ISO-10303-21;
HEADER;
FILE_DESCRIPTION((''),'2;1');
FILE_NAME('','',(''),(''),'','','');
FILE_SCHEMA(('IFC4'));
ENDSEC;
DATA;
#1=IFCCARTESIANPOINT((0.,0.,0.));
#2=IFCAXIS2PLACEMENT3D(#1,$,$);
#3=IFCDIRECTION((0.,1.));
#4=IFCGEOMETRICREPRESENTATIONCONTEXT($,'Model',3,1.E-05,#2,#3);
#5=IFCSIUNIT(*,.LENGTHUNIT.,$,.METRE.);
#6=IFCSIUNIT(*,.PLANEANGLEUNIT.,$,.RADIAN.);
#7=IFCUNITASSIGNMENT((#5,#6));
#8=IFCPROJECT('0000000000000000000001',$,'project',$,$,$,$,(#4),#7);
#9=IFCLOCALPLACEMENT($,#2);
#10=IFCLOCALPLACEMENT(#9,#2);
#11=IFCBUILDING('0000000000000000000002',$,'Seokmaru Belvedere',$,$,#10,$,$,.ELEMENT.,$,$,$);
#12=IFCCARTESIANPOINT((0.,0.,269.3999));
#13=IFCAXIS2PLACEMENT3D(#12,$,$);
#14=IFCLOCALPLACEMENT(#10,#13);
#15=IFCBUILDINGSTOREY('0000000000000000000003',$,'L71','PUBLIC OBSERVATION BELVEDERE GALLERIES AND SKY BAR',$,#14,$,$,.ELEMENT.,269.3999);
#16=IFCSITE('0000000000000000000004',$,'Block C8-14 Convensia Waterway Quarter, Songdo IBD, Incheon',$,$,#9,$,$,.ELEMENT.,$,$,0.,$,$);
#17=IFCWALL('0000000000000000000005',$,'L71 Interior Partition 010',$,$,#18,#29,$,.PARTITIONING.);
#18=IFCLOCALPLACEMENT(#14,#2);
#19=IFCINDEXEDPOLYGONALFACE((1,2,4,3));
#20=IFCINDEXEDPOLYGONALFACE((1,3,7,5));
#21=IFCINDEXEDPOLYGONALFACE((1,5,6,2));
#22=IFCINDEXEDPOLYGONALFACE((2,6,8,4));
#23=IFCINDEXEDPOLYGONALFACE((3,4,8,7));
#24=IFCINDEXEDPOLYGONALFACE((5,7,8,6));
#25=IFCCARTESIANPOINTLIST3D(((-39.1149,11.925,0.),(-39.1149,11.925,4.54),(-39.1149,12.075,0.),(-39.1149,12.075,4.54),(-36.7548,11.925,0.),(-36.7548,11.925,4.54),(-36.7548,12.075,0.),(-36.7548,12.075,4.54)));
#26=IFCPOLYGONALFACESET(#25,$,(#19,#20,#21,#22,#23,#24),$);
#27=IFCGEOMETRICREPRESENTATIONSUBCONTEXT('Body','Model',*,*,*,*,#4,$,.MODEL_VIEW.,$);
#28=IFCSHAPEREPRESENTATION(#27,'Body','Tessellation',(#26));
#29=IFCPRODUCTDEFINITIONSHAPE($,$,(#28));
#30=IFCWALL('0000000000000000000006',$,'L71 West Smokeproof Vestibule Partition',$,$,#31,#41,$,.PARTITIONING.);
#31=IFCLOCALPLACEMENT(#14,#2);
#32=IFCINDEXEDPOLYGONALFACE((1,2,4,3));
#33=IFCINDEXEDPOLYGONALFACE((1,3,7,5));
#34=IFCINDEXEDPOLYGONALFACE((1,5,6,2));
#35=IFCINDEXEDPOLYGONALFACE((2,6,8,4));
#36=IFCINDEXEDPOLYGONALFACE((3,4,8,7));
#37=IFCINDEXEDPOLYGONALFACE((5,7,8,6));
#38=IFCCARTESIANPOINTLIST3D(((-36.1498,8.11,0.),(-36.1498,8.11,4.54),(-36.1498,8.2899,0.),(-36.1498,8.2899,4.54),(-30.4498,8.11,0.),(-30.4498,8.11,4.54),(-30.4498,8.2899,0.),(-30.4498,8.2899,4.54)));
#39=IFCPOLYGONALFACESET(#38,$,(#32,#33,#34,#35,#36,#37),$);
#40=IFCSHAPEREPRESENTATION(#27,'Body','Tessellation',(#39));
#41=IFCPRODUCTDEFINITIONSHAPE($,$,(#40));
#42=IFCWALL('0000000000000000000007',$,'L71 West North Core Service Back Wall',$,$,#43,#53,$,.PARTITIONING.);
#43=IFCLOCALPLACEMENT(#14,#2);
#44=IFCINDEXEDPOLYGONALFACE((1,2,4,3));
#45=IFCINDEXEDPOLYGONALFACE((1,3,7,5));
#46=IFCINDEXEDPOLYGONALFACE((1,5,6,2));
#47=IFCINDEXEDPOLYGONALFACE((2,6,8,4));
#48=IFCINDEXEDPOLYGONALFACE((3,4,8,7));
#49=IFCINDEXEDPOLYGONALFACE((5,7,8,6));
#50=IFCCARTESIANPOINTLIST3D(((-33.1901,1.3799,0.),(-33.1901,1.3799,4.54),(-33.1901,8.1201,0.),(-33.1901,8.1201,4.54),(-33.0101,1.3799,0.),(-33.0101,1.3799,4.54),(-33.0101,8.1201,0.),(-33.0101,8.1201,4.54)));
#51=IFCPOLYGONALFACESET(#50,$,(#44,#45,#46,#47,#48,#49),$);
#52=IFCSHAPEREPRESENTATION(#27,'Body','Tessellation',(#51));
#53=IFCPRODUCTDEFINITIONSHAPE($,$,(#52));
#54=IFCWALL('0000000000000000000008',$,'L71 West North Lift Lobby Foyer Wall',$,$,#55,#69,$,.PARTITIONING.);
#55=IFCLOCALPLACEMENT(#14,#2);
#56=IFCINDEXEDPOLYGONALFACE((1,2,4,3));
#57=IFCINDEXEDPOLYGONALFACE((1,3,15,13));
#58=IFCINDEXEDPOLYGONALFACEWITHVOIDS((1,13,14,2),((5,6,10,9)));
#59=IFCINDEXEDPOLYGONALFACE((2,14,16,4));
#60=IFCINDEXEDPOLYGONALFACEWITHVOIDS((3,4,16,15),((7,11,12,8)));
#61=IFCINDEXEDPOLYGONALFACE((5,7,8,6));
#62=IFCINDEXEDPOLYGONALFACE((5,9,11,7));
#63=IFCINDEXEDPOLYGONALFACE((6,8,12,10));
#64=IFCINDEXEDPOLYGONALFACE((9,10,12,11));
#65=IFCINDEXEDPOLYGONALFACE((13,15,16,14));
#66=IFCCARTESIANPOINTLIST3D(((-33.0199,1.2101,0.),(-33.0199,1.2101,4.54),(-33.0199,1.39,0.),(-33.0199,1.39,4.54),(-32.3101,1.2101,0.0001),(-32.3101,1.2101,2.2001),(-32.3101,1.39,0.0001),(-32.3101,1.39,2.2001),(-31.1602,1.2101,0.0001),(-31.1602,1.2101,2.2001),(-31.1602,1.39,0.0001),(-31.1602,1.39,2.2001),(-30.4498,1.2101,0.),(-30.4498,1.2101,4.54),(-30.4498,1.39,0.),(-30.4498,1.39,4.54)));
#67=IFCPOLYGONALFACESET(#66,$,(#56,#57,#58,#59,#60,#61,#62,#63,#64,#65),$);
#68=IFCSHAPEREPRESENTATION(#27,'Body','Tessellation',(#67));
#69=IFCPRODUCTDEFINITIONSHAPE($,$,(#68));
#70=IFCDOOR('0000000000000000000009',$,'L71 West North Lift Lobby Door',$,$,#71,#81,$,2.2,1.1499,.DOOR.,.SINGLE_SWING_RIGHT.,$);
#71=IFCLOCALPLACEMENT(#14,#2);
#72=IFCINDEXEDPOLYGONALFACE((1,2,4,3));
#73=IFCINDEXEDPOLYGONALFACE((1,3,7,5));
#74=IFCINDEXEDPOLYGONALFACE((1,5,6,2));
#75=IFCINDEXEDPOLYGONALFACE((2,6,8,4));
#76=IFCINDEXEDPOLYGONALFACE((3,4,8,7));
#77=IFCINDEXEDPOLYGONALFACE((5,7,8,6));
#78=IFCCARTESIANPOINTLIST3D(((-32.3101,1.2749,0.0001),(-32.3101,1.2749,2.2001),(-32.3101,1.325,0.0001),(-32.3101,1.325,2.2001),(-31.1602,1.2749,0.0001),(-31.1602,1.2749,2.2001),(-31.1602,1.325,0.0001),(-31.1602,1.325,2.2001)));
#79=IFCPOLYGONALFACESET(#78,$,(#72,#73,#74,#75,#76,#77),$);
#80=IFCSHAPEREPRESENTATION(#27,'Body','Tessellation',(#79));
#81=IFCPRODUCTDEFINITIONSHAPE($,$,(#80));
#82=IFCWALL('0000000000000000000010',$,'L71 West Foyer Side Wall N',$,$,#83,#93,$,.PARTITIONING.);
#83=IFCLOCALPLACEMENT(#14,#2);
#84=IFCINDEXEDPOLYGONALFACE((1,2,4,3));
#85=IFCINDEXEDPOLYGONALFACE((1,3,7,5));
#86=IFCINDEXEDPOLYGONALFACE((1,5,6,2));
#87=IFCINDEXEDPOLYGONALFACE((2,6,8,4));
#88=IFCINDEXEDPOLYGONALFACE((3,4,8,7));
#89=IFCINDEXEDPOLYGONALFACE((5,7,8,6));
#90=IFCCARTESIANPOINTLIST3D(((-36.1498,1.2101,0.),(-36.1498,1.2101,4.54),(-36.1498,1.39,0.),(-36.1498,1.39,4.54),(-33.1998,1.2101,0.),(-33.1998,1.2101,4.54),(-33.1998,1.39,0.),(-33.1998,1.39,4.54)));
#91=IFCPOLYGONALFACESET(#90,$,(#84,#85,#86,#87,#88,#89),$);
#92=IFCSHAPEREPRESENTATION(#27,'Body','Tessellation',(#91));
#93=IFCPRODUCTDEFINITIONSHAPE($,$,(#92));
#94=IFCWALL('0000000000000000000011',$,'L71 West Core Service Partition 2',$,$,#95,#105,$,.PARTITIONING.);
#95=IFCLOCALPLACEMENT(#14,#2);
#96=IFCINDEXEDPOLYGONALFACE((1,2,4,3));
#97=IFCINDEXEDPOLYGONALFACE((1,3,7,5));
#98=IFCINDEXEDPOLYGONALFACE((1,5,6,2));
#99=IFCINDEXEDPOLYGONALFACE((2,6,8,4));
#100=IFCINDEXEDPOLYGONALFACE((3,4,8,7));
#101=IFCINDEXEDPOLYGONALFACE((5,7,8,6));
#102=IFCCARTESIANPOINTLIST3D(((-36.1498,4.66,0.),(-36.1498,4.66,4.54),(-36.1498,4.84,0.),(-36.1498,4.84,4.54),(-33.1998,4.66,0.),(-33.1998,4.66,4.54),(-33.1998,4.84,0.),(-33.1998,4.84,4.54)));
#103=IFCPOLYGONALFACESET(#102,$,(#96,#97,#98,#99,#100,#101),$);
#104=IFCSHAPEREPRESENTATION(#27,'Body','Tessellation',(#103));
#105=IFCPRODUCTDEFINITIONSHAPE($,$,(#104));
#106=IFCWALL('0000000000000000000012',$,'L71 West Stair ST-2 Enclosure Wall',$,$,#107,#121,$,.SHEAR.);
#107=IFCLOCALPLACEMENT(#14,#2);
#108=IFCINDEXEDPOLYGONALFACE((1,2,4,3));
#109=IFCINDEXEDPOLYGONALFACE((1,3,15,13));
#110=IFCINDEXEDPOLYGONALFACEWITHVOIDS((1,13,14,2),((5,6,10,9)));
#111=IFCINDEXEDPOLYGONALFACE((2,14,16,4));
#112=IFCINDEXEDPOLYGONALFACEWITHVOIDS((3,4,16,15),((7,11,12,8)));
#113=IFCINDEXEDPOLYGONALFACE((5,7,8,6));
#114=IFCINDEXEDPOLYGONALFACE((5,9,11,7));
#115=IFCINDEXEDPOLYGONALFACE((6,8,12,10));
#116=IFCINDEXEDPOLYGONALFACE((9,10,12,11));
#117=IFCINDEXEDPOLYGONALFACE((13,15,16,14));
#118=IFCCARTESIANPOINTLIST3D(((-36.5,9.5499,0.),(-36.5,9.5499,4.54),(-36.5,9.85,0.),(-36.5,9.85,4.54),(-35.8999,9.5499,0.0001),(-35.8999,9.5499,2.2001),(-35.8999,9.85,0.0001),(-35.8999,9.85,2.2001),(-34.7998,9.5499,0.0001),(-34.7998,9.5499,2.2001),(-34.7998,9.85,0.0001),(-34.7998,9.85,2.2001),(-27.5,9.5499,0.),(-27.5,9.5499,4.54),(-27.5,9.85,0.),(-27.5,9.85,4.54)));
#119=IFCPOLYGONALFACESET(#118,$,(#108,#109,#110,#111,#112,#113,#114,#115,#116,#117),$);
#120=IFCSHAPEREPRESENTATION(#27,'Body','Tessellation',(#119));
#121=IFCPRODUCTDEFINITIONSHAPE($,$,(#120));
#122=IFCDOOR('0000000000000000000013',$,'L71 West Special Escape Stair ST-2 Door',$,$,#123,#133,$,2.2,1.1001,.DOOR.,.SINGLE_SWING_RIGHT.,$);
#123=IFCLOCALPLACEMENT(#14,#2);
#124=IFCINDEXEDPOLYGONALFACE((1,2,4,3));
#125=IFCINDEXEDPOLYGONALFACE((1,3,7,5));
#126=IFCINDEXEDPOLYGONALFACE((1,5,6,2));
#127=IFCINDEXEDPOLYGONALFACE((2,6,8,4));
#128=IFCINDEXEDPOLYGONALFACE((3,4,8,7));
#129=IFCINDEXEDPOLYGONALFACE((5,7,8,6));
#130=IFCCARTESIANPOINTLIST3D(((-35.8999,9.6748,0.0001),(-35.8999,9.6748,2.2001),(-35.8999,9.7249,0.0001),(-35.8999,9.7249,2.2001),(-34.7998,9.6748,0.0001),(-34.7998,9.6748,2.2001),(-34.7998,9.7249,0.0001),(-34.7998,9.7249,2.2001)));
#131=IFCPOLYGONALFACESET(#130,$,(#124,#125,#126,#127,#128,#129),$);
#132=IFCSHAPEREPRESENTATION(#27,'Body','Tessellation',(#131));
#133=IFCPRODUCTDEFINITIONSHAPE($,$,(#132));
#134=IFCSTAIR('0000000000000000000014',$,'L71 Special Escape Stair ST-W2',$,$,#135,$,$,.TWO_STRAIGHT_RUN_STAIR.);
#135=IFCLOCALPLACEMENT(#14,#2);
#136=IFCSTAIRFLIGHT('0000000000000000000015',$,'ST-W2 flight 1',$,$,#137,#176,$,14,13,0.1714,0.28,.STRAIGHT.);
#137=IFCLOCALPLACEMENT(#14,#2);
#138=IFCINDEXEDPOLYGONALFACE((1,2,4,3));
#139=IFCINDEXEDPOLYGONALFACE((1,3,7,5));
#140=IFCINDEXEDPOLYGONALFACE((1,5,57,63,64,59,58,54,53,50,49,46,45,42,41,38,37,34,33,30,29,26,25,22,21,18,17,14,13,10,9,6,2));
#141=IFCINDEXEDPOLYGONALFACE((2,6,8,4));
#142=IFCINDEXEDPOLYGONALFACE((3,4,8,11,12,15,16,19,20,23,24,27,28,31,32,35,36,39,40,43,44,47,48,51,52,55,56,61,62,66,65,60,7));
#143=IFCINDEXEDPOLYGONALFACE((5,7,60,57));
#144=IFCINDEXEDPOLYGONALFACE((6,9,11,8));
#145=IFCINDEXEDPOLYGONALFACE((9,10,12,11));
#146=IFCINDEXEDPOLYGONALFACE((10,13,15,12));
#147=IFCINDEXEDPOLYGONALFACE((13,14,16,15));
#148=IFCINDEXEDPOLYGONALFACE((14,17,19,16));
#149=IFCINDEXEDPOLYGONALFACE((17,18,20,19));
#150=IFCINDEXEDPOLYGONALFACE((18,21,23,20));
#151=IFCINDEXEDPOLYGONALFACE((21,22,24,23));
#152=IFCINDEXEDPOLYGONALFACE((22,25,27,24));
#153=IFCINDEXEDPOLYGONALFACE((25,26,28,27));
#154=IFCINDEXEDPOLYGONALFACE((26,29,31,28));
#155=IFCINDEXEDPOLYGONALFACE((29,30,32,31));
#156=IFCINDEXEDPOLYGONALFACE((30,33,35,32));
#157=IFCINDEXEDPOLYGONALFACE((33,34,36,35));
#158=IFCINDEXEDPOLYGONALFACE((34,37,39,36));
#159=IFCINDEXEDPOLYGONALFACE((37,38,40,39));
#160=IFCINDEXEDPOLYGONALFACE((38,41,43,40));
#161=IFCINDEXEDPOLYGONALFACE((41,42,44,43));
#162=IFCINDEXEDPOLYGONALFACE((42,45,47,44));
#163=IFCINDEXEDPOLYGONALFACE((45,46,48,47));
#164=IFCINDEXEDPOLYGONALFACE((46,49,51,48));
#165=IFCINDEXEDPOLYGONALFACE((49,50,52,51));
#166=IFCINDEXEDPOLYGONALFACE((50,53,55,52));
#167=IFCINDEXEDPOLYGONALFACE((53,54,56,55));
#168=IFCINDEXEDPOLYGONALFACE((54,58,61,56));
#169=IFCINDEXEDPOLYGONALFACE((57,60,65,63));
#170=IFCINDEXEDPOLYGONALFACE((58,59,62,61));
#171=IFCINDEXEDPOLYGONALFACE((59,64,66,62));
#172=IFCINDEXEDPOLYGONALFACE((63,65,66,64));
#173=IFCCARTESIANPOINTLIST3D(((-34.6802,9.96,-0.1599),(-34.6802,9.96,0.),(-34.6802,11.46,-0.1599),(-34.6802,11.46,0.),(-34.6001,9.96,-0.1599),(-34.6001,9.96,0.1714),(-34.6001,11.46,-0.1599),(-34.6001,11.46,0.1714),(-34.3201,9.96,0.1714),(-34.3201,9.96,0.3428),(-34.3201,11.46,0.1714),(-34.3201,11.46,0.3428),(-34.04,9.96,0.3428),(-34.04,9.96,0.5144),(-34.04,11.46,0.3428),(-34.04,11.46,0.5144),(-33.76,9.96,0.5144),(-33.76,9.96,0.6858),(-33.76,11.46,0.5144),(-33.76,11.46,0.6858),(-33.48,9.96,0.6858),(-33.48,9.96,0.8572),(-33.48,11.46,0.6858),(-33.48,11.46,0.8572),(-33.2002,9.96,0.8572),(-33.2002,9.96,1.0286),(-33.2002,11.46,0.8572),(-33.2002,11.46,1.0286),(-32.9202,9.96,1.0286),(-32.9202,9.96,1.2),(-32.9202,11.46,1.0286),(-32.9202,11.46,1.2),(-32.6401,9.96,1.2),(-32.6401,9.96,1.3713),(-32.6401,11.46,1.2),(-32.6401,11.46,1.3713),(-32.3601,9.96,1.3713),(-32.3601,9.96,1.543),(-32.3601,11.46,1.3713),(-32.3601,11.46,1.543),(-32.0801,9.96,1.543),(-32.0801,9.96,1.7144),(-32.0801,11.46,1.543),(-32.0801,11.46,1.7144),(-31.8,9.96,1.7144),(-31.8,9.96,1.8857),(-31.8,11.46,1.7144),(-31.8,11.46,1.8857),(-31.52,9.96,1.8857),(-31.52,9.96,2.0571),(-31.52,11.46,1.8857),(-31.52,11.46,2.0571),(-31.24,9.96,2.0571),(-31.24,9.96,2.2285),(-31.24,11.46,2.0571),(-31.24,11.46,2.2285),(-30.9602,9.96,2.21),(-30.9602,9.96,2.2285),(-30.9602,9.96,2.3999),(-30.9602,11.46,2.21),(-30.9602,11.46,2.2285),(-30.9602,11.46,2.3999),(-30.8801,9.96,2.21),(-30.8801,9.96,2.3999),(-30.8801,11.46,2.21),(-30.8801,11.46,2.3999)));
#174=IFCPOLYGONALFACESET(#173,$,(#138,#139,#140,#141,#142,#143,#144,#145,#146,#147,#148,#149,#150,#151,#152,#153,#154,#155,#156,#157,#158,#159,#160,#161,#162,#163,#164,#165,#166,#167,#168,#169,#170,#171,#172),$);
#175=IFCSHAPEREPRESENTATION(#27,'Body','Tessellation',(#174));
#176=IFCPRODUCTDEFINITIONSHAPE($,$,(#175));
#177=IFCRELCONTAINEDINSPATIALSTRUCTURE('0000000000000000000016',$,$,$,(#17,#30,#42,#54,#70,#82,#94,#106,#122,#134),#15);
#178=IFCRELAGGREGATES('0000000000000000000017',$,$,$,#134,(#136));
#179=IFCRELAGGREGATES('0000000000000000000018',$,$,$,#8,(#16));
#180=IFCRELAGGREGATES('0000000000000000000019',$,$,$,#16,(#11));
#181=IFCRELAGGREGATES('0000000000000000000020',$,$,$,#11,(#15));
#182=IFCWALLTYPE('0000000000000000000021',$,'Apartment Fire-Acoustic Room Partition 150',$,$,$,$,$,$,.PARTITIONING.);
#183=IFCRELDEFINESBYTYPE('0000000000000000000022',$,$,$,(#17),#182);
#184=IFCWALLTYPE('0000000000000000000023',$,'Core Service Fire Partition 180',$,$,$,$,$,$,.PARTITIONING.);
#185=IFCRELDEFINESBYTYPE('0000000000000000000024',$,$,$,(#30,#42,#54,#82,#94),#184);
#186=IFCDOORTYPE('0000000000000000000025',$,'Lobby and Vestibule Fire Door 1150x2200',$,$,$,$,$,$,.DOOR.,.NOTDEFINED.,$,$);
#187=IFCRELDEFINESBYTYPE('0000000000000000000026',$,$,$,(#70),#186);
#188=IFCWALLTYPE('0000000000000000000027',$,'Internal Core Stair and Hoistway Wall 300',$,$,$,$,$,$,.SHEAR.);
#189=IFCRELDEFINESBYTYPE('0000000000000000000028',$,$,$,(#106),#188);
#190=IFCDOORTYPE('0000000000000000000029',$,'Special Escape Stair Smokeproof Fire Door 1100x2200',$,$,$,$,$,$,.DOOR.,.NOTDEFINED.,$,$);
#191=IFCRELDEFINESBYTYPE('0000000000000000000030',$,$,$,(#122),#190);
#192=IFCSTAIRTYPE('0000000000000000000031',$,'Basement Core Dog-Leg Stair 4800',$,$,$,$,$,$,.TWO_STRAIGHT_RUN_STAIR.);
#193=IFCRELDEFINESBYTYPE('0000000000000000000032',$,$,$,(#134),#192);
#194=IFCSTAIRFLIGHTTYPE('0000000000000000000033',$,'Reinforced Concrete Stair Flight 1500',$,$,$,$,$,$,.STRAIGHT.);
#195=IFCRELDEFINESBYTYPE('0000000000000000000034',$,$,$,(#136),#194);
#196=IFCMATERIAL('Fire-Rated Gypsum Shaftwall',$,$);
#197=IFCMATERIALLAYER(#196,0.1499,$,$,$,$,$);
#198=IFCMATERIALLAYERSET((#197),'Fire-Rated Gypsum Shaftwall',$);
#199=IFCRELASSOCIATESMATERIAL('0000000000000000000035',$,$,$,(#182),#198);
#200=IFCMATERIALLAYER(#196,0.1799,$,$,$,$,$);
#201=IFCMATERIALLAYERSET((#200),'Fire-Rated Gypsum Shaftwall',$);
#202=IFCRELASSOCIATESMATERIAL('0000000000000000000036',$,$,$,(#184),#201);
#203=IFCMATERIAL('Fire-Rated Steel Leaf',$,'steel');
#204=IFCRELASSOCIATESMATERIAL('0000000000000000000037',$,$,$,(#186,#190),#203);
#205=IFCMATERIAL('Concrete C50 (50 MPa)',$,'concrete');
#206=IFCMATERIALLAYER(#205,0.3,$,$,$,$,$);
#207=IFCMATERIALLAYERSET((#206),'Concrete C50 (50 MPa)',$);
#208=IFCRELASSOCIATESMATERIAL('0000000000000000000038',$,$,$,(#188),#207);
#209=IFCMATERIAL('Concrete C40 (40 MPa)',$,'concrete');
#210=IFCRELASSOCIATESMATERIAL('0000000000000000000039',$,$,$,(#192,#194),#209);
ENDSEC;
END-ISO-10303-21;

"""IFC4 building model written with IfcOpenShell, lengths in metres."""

from ifc_helpers import new_model, si_unit, direction, frame, frame_2d, origin, place, context, subcontext, project, spatial, polyline, rectangle, outline, extrude, source, transform, mapped, material, layer, layer_set, type_object, type_shapes, element, fill, aggregate, save


model = new_model("IFC4")

# Units and contexts
model_context = context("Model", 3, precision=1e-05, world=origin(), true_north=direction((0.0, 1.0)))
body_context = subcontext(model_context, "Body", "Model", "MODEL_VIEW")
ifc_project = project(units=[si_unit("LENGTHUNIT", "METRE"), si_unit("PLANEANGLEUNIT", "RADIAN")], contexts=[model_context])

# Site, building, storey
site_placement = place(None, origin())
site = spatial("IfcSite", under=ifc_project, at=site_placement, Name="Block C8-14 Convensia Waterway Quarter, Songdo IBD, Incheon", CompositionType="ELEMENT", RefElevation=0.0)
building_placement = place(site_placement, origin())
building = spatial("IfcBuilding", under=site, at=building_placement, Name="Seokmaru Belvedere", CompositionType="ELEMENT")
storey_placement = place(building_placement, frame((0.0, 0.0, 269.3999)))
storey = spatial("IfcBuildingStorey", under=building, at=storey_placement, Name="L71", Description="PUBLIC OBSERVATION BELVEDERE GALLERIES AND SKY BAR", CompositionType="ELEMENT", Elevation=269.3999)

# Walls
ifc_material_1 = material(Name="Fire-Rated Gypsum Shaftwall")
ifc_layer_1 = layer(ifc_material_1, 0.1499)
ifc_layer_set_1 = layer_set([ifc_layer_1], Name="Fire-Rated Gypsum Shaftwall")
wall_type_1 = type_object("IfcWallType", Name="Apartment Fire-Acoustic Room Partition 150", PredefinedType="PARTITIONING", material=ifc_layer_set_1)
wall_1_placement = place(storey_placement, frame((-39.115, 12.0, 0.0), z_axis=(0.0, 0.0, 1.0), x_axis=(1.0, 0.0, 0.0)))
element("IfcWall", 1, at=wall_1_placement, inside=storey, type_object=wall_type_1, Name="L71 Interior Partition 010", PredefinedType="PARTITIONING", context=body_context, shape_type="SweptSolid", body=[
    extrude(rectangle(XDim=2.3601, YDim=0.1499, at=frame_2d((1.1802, 0.0))), origin(), (0.0, 0.0, 1.0), 4.54),
])
ifc_layer_2 = layer(ifc_material_1, 0.1799)
ifc_layer_set_2 = layer_set([ifc_layer_2], Name="Fire-Rated Gypsum Shaftwall")
wall_type_2 = type_object("IfcWallType", Name="Core Service Fire Partition 180", PredefinedType="PARTITIONING", material=ifc_layer_set_2)
wall_2_placement = place(storey_placement, frame((-36.1499, 8.2, 0.0), z_axis=(0.0, 0.0, 1.0), x_axis=(1.0, 0.0, 0.0)))
element("IfcWall", 2, at=wall_2_placement, inside=storey, type_object=wall_type_2, Name="L71 West Smokeproof Vestibule Partition", PredefinedType="PARTITIONING", context=body_context, shape_type="SweptSolid", body=[
    extrude(rectangle(XDim=5.7, YDim=0.1799, at=frame_2d((2.8501, 0.0))), origin(), (0.0, 0.0, 1.0), 4.54),
])
wall_3_placement = place(storey_placement, frame((-33.1001, 1.3799, 0.0), z_axis=(0.0, 0.0, 1.0), x_axis=(0.0, 1.0, 0.0)))
element("IfcWall", 3, at=wall_3_placement, inside=storey, type_object=wall_type_2, Name="L71 West North Core Service Back Wall", PredefinedType="PARTITIONING", context=body_context, shape_type="SweptSolid", body=[
    extrude(rectangle(XDim=6.7402, YDim=0.1799, at=frame_2d((3.3701, 0.0))), origin(), (0.0, 0.0, 1.0), 4.54),
])

# Wall, opening, door
wall_4_placement = place(storey_placement, frame((-33.02, 1.3, 0.0), z_axis=(0.0, 0.0, 1.0), x_axis=(1.0, 0.0, 0.0)))
wall_4 = element("IfcWall", 4, at=wall_4_placement, inside=storey, type_object=wall_type_2, Name="L71 West North Lift Lobby Foyer Wall", PredefinedType="PARTITIONING", context=body_context, shape_type="SweptSolid", body=[
    extrude(rectangle(XDim=2.5701, YDim=0.1799, at=frame_2d((1.2852, 0.0))), origin(), (0.0, 0.0, 1.0), 4.54),
])
opening_1_placement = place(wall_4_placement, frame((0.71, 0.0, 0.0)))
opening_1 = element("IfcOpeningElement", 5, at=opening_1_placement, cuts=wall_4, PredefinedType="OPENING", context=body_context, shape_type="SweptSolid", body=[
    extrude(rectangle(XDim=1.1499, YDim=2.2, at=frame_2d((0.575, 1.1001))), frame((0.0, 0.1001, 0.0), z_axis=(0.0, -1.0, 0.0), x_axis=(1.0, 0.0, 0.0)), (0.0, 0.0, 1.0), 0.2),
])
ifc_material_2 = material(Name="Fire-Rated Steel Leaf", Category="steel")
door_type_1 = type_object("IfcDoorType", Name="Lobby and Vestibule Fire Door 1150x2200", OperationType="NOTDEFINED", PredefinedType="DOOR", material=ifc_material_2)
shared_shape_1 = source(origin(), body_context, "Body", "SweptSolid", [
    extrude(rectangle(XDim=1.1499, YDim=2.2, at=frame_2d((0.575, 1.1001))), frame((0.0, 0.0249, 0.0), z_axis=(0.0, -1.0, 0.0), x_axis=(1.0, 0.0, 0.0)), (0.0, 0.0, 1.0), 0.05),
])
type_shapes(door_type_1, [shared_shape_1])
door_1_placement = place(opening_1_placement, origin())
door_1 = element("IfcDoor", 6, at=door_1_placement, inside=storey, type_object=door_type_1, Name="L71 West North Lift Lobby Door", OperationType="SINGLE_SWING_RIGHT", OverallHeight=2.2, OverallWidth=1.1499, PredefinedType="DOOR", context=body_context, shape_type="MappedRepresentation", body=[
    mapped(shared_shape_1, transform((0.0, 0.0, 0.0), scale=1.0)),
])
fill(opening_1, door_1)

# Walls
for number, where, z_axis, x_axis, name in (
    (7, (-36.1499, 1.3, 0.0), (0.0, 0.0, 1.0), (1.0, 0.0, 0.0), "L71 West Foyer Side Wall N"),
    (8, (-36.1499, 4.75, 0.0), (0.0, 0.0, 1.0), (1.0, 0.0, 0.0), "L71 West Core Service Partition 2"),
):
    element("IfcWall", number, at=place(storey_placement, frame(where, z_axis=z_axis, x_axis=x_axis)), inside=storey, type_object=wall_type_2, Name=name, PredefinedType="PARTITIONING", context=body_context, shape_type="SweptSolid", body=[
        extrude(rectangle(XDim=2.95, YDim=0.1799, at=frame_2d((1.4751, 0.0))), origin(), (0.0, 0.0, 1.0), 4.54),
    ])

# Wall, opening, door
ifc_material_3 = material(Name="Concrete C50 (50 MPa)", Category="concrete")
ifc_layer_3 = layer(ifc_material_3, 0.3)
ifc_layer_set_3 = layer_set([ifc_layer_3], Name="Concrete C50 (50 MPa)")
wall_type_3 = type_object("IfcWallType", Name="Internal Core Stair and Hoistway Wall 300", PredefinedType="SHEAR", material=ifc_layer_set_3)
wall_5_placement = place(storey_placement, frame((-36.5, 9.7, 0.0), z_axis=(0.0, 0.0, 1.0), x_axis=(1.0, 0.0, 0.0)))
wall_5 = element("IfcWall", 9, at=wall_5_placement, inside=storey, type_object=wall_type_3, Name="L71 West Stair ST-2 Enclosure Wall", PredefinedType="SHEAR", context=body_context, shape_type="SweptSolid", body=[
    extrude(rectangle(XDim=9.0, YDim=0.3, at=frame_2d((4.5, 0.0))), origin(), (0.0, 0.0, 1.0), 4.54),
])
opening_2_placement = place(wall_5_placement, frame((0.6001, 0.0, 0.0)))
opening_2 = element("IfcOpeningElement", 10, at=opening_2_placement, cuts=wall_5, PredefinedType="OPENING", context=body_context, shape_type="SweptSolid", body=[
    extrude(rectangle(XDim=1.1001, YDim=2.2, at=frame_2d((0.55, 1.1001))), frame((0.0, 0.1602, 0.0), z_axis=(0.0, -1.0, 0.0), x_axis=(1.0, 0.0, 0.0)), (0.0, 0.0, 1.0), 0.3201),
])
door_type_2 = type_object("IfcDoorType", Name="Special Escape Stair Smokeproof Fire Door 1100x2200", OperationType="NOTDEFINED", PredefinedType="DOOR", material=ifc_material_2)
shared_shape_2 = source(origin(), body_context, "Body", "SweptSolid", [
    extrude(rectangle(XDim=1.1001, YDim=2.2, at=frame_2d((0.55, 1.1001))), frame((0.0, 0.0249, 0.0), z_axis=(0.0, -1.0, 0.0), x_axis=(1.0, 0.0, 0.0)), (0.0, 0.0, 1.0), 0.05),
])
type_shapes(door_type_2, [shared_shape_2])
door_2_placement = place(opening_2_placement, origin())
door_2 = element("IfcDoor", 11, at=door_2_placement, inside=storey, type_object=door_type_2, Name="L71 West Special Escape Stair ST-2 Door", OperationType="SINGLE_SWING_RIGHT", OverallHeight=2.2, OverallWidth=1.1001, PredefinedType="DOOR", context=body_context, shape_type="MappedRepresentation", body=[
    mapped(shared_shape_2, transform((0.0, 0.0, 0.0), scale=1.0)),
])
fill(opening_2, door_2)

# Stair, stair flight
ifc_material_4 = material(Name="Concrete C40 (40 MPa)", Category="concrete")
stair_type = type_object("IfcStairType", Name="Basement Core Dog-Leg Stair 4800", PredefinedType="TWO_STRAIGHT_RUN_STAIR", material=ifc_material_4)
stair_placement = place(storey_placement, origin())
stair = element("IfcStair", 12, at=stair_placement, inside=storey, type_object=stair_type, Name="L71 Special Escape Stair ST-W2", PredefinedType="TWO_STRAIGHT_RUN_STAIR")
stair_flight_type = type_object("IfcStairFlightType", Name="Reinforced Concrete Stair Flight 1500", PredefinedType="STRAIGHT", material=ifc_material_4)
stair_flight_placement = place(storey_placement, frame((-34.6001, 10.71, 0.0), z_axis=(0.0, 0.0, 1.0), x_axis=(1.0, 0.0, 0.0)))
stair_flight = element("IfcStairFlight", 13, at=stair_flight_placement, type_object=stair_flight_type, Name="ST-W2 flight 1", NumberOfRisers=14, NumberOfTreads=13, PredefinedType="STRAIGHT", RiserHeight=0.1714, TreadLength=0.28, context=body_context, shape_type="SweptSolid", body=[
    extrude(outline(polyline([(-0.0801, 0.0), (0.0, 0.1714), (0.28, 0.1714), (0.28, 0.3428), (0.5601, 0.3428), (0.5601, 0.5144), (0.8401, 0.5144), (0.8401, 0.6858), (1.1201, 0.6858), (1.1201, 0.8572), (1.3999, 0.8572), (1.3999, 1.0286), (1.6799, 1.0286), (1.6799, 1.2), (1.96, 1.2), (1.96, 1.3713), (2.24, 1.3713), (2.24, 1.543), (2.52, 1.543), (2.52, 1.7144), (2.8, 1.7144), (2.8, 1.8857), (3.0801, 1.8857), (3.0801, 2.0571), (3.3601, 2.0571), (3.3601, 2.2285), (3.6399, 2.2285), (3.6399, 2.3999), (3.72, 2.3999), (3.72, 2.21), (3.6399, 2.21), (0.0, -0.1599), (-0.0801, -0.1599), (-0.0801, 0.0)])), frame((0.0, 0.75, 0.0), z_axis=(0.0, -1.0, 0.0), x_axis=(1.0, 0.0, 0.0)), (0.0, 0.0, 1.0), 1.5),
])
aggregate(stair, [stair_flight])

save(model, "model.ifc")
